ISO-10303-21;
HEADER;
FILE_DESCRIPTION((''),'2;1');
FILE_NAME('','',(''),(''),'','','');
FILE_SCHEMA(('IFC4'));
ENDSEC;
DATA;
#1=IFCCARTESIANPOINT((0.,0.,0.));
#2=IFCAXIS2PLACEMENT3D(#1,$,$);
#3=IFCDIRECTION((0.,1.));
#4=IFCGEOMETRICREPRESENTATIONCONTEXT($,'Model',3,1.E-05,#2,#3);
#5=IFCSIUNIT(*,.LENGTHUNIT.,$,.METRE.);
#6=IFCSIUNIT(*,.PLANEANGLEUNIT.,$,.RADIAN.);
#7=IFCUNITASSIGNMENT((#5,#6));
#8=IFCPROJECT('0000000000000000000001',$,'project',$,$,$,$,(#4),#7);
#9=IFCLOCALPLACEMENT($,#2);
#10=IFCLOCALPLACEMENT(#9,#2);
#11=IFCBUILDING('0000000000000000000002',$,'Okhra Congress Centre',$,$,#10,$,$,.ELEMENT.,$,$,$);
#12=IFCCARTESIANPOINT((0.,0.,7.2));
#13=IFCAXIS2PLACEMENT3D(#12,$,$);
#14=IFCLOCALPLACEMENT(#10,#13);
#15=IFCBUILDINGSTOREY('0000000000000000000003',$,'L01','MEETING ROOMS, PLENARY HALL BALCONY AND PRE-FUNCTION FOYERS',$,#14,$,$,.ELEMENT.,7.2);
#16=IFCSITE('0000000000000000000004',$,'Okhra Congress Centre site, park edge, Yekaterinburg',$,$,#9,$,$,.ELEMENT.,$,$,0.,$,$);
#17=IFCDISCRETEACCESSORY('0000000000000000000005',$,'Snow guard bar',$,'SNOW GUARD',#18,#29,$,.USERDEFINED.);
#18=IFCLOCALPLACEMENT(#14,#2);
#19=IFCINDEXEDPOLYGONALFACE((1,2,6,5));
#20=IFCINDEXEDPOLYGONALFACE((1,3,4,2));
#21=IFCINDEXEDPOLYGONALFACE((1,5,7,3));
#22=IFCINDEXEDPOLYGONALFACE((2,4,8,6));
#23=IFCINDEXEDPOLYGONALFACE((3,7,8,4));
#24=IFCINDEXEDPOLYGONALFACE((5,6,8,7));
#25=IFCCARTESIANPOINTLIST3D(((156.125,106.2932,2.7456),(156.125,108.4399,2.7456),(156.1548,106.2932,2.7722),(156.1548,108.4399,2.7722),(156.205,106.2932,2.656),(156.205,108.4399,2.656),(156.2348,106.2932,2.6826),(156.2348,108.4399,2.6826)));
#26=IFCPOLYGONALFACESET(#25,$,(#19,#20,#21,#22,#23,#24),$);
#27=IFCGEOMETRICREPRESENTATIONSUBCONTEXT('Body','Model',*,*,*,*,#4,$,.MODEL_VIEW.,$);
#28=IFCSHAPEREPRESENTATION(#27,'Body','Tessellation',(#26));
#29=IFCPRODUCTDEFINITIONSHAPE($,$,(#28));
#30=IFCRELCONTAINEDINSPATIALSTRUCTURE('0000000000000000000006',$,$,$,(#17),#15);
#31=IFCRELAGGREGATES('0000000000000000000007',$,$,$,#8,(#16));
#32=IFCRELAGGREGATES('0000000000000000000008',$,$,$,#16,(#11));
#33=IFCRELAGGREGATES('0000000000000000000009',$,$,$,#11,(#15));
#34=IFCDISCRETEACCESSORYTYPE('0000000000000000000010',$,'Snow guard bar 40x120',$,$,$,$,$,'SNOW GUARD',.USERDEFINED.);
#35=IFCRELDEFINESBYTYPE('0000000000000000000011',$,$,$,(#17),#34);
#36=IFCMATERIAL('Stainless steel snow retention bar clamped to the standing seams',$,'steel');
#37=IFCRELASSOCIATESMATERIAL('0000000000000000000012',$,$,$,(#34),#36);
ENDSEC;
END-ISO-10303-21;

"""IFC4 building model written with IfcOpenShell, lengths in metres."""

from ifc_helpers import new_model, si_unit, direction, frame, origin, place, context, subcontext, project, spatial, polyline, outline, extrude, material, type_object, element, save


model = new_model("IFC4")

# Units and contexts
model_context = context("Model", 3, precision=1e-05, world=origin(), true_north=direction((0.0, 1.0)))
body_context = subcontext(model_context, "Body", "Model", "MODEL_VIEW")
ifc_project = project(units=[si_unit("LENGTHUNIT", "METRE"), si_unit("PLANEANGLEUNIT", "RADIAN")], contexts=[model_context])

# Site, building, storey
site_placement = place(None, origin())
site = spatial("IfcSite", under=ifc_project, at=site_placement, Name="Okhra Congress Centre site, park edge, Yekaterinburg", CompositionType="ELEMENT", RefElevation=0.0)
building_placement = place(site_placement, origin())
building = spatial("IfcBuilding", under=site, at=building_placement, Name="Okhra Congress Centre", CompositionType="ELEMENT")
storey_placement = place(building_placement, frame((0.0, 0.0, 7.2)))
storey = spatial("IfcBuildingStorey", under=building, at=storey_placement, Name="L01", Description="MEETING ROOMS, PLENARY HALL BALCONY AND PRE-FUNCTION FOYERS", CompositionType="ELEMENT", Elevation=7.2)

# Discrete accessory
ifc_material_1 = material(Name="Stainless steel snow retention bar clamped to the standing seams", Category="steel")
discrete_accessory_type_1 = type_object("IfcDiscreteAccessoryType", Name="Snow guard bar 40x120", ElementType="SNOW GUARD", PredefinedType="USERDEFINED", material=ifc_material_1)
for number, where, z_axis, x_axis, name in (
    (1, (156.125, 106.2932, 2.7456), (-0.666259, 0.0, 0.745721), (0.745721, 0.0, 0.666259), "Snow guard bar"),
):
    element("IfcDiscreteAccessory", number, at=place(storey_placement, frame(where, z_axis=z_axis, x_axis=x_axis)), inside=storey, type_object=discrete_accessory_type_1, Name=name, ObjectType="SNOW GUARD", PredefinedType="USERDEFINED", context=body_context, shape_type="SweptSolid", body=[
        extrude(outline(polyline([(0.0, 0.0), (0.0399, 0.0), (0.0399, 2.1467), (0.0, 2.1467), (0.0, 0.0)])), origin(), (0.0, 0.0, -1.0), 0.1201),
    ])

save(model, "model.ifc")
